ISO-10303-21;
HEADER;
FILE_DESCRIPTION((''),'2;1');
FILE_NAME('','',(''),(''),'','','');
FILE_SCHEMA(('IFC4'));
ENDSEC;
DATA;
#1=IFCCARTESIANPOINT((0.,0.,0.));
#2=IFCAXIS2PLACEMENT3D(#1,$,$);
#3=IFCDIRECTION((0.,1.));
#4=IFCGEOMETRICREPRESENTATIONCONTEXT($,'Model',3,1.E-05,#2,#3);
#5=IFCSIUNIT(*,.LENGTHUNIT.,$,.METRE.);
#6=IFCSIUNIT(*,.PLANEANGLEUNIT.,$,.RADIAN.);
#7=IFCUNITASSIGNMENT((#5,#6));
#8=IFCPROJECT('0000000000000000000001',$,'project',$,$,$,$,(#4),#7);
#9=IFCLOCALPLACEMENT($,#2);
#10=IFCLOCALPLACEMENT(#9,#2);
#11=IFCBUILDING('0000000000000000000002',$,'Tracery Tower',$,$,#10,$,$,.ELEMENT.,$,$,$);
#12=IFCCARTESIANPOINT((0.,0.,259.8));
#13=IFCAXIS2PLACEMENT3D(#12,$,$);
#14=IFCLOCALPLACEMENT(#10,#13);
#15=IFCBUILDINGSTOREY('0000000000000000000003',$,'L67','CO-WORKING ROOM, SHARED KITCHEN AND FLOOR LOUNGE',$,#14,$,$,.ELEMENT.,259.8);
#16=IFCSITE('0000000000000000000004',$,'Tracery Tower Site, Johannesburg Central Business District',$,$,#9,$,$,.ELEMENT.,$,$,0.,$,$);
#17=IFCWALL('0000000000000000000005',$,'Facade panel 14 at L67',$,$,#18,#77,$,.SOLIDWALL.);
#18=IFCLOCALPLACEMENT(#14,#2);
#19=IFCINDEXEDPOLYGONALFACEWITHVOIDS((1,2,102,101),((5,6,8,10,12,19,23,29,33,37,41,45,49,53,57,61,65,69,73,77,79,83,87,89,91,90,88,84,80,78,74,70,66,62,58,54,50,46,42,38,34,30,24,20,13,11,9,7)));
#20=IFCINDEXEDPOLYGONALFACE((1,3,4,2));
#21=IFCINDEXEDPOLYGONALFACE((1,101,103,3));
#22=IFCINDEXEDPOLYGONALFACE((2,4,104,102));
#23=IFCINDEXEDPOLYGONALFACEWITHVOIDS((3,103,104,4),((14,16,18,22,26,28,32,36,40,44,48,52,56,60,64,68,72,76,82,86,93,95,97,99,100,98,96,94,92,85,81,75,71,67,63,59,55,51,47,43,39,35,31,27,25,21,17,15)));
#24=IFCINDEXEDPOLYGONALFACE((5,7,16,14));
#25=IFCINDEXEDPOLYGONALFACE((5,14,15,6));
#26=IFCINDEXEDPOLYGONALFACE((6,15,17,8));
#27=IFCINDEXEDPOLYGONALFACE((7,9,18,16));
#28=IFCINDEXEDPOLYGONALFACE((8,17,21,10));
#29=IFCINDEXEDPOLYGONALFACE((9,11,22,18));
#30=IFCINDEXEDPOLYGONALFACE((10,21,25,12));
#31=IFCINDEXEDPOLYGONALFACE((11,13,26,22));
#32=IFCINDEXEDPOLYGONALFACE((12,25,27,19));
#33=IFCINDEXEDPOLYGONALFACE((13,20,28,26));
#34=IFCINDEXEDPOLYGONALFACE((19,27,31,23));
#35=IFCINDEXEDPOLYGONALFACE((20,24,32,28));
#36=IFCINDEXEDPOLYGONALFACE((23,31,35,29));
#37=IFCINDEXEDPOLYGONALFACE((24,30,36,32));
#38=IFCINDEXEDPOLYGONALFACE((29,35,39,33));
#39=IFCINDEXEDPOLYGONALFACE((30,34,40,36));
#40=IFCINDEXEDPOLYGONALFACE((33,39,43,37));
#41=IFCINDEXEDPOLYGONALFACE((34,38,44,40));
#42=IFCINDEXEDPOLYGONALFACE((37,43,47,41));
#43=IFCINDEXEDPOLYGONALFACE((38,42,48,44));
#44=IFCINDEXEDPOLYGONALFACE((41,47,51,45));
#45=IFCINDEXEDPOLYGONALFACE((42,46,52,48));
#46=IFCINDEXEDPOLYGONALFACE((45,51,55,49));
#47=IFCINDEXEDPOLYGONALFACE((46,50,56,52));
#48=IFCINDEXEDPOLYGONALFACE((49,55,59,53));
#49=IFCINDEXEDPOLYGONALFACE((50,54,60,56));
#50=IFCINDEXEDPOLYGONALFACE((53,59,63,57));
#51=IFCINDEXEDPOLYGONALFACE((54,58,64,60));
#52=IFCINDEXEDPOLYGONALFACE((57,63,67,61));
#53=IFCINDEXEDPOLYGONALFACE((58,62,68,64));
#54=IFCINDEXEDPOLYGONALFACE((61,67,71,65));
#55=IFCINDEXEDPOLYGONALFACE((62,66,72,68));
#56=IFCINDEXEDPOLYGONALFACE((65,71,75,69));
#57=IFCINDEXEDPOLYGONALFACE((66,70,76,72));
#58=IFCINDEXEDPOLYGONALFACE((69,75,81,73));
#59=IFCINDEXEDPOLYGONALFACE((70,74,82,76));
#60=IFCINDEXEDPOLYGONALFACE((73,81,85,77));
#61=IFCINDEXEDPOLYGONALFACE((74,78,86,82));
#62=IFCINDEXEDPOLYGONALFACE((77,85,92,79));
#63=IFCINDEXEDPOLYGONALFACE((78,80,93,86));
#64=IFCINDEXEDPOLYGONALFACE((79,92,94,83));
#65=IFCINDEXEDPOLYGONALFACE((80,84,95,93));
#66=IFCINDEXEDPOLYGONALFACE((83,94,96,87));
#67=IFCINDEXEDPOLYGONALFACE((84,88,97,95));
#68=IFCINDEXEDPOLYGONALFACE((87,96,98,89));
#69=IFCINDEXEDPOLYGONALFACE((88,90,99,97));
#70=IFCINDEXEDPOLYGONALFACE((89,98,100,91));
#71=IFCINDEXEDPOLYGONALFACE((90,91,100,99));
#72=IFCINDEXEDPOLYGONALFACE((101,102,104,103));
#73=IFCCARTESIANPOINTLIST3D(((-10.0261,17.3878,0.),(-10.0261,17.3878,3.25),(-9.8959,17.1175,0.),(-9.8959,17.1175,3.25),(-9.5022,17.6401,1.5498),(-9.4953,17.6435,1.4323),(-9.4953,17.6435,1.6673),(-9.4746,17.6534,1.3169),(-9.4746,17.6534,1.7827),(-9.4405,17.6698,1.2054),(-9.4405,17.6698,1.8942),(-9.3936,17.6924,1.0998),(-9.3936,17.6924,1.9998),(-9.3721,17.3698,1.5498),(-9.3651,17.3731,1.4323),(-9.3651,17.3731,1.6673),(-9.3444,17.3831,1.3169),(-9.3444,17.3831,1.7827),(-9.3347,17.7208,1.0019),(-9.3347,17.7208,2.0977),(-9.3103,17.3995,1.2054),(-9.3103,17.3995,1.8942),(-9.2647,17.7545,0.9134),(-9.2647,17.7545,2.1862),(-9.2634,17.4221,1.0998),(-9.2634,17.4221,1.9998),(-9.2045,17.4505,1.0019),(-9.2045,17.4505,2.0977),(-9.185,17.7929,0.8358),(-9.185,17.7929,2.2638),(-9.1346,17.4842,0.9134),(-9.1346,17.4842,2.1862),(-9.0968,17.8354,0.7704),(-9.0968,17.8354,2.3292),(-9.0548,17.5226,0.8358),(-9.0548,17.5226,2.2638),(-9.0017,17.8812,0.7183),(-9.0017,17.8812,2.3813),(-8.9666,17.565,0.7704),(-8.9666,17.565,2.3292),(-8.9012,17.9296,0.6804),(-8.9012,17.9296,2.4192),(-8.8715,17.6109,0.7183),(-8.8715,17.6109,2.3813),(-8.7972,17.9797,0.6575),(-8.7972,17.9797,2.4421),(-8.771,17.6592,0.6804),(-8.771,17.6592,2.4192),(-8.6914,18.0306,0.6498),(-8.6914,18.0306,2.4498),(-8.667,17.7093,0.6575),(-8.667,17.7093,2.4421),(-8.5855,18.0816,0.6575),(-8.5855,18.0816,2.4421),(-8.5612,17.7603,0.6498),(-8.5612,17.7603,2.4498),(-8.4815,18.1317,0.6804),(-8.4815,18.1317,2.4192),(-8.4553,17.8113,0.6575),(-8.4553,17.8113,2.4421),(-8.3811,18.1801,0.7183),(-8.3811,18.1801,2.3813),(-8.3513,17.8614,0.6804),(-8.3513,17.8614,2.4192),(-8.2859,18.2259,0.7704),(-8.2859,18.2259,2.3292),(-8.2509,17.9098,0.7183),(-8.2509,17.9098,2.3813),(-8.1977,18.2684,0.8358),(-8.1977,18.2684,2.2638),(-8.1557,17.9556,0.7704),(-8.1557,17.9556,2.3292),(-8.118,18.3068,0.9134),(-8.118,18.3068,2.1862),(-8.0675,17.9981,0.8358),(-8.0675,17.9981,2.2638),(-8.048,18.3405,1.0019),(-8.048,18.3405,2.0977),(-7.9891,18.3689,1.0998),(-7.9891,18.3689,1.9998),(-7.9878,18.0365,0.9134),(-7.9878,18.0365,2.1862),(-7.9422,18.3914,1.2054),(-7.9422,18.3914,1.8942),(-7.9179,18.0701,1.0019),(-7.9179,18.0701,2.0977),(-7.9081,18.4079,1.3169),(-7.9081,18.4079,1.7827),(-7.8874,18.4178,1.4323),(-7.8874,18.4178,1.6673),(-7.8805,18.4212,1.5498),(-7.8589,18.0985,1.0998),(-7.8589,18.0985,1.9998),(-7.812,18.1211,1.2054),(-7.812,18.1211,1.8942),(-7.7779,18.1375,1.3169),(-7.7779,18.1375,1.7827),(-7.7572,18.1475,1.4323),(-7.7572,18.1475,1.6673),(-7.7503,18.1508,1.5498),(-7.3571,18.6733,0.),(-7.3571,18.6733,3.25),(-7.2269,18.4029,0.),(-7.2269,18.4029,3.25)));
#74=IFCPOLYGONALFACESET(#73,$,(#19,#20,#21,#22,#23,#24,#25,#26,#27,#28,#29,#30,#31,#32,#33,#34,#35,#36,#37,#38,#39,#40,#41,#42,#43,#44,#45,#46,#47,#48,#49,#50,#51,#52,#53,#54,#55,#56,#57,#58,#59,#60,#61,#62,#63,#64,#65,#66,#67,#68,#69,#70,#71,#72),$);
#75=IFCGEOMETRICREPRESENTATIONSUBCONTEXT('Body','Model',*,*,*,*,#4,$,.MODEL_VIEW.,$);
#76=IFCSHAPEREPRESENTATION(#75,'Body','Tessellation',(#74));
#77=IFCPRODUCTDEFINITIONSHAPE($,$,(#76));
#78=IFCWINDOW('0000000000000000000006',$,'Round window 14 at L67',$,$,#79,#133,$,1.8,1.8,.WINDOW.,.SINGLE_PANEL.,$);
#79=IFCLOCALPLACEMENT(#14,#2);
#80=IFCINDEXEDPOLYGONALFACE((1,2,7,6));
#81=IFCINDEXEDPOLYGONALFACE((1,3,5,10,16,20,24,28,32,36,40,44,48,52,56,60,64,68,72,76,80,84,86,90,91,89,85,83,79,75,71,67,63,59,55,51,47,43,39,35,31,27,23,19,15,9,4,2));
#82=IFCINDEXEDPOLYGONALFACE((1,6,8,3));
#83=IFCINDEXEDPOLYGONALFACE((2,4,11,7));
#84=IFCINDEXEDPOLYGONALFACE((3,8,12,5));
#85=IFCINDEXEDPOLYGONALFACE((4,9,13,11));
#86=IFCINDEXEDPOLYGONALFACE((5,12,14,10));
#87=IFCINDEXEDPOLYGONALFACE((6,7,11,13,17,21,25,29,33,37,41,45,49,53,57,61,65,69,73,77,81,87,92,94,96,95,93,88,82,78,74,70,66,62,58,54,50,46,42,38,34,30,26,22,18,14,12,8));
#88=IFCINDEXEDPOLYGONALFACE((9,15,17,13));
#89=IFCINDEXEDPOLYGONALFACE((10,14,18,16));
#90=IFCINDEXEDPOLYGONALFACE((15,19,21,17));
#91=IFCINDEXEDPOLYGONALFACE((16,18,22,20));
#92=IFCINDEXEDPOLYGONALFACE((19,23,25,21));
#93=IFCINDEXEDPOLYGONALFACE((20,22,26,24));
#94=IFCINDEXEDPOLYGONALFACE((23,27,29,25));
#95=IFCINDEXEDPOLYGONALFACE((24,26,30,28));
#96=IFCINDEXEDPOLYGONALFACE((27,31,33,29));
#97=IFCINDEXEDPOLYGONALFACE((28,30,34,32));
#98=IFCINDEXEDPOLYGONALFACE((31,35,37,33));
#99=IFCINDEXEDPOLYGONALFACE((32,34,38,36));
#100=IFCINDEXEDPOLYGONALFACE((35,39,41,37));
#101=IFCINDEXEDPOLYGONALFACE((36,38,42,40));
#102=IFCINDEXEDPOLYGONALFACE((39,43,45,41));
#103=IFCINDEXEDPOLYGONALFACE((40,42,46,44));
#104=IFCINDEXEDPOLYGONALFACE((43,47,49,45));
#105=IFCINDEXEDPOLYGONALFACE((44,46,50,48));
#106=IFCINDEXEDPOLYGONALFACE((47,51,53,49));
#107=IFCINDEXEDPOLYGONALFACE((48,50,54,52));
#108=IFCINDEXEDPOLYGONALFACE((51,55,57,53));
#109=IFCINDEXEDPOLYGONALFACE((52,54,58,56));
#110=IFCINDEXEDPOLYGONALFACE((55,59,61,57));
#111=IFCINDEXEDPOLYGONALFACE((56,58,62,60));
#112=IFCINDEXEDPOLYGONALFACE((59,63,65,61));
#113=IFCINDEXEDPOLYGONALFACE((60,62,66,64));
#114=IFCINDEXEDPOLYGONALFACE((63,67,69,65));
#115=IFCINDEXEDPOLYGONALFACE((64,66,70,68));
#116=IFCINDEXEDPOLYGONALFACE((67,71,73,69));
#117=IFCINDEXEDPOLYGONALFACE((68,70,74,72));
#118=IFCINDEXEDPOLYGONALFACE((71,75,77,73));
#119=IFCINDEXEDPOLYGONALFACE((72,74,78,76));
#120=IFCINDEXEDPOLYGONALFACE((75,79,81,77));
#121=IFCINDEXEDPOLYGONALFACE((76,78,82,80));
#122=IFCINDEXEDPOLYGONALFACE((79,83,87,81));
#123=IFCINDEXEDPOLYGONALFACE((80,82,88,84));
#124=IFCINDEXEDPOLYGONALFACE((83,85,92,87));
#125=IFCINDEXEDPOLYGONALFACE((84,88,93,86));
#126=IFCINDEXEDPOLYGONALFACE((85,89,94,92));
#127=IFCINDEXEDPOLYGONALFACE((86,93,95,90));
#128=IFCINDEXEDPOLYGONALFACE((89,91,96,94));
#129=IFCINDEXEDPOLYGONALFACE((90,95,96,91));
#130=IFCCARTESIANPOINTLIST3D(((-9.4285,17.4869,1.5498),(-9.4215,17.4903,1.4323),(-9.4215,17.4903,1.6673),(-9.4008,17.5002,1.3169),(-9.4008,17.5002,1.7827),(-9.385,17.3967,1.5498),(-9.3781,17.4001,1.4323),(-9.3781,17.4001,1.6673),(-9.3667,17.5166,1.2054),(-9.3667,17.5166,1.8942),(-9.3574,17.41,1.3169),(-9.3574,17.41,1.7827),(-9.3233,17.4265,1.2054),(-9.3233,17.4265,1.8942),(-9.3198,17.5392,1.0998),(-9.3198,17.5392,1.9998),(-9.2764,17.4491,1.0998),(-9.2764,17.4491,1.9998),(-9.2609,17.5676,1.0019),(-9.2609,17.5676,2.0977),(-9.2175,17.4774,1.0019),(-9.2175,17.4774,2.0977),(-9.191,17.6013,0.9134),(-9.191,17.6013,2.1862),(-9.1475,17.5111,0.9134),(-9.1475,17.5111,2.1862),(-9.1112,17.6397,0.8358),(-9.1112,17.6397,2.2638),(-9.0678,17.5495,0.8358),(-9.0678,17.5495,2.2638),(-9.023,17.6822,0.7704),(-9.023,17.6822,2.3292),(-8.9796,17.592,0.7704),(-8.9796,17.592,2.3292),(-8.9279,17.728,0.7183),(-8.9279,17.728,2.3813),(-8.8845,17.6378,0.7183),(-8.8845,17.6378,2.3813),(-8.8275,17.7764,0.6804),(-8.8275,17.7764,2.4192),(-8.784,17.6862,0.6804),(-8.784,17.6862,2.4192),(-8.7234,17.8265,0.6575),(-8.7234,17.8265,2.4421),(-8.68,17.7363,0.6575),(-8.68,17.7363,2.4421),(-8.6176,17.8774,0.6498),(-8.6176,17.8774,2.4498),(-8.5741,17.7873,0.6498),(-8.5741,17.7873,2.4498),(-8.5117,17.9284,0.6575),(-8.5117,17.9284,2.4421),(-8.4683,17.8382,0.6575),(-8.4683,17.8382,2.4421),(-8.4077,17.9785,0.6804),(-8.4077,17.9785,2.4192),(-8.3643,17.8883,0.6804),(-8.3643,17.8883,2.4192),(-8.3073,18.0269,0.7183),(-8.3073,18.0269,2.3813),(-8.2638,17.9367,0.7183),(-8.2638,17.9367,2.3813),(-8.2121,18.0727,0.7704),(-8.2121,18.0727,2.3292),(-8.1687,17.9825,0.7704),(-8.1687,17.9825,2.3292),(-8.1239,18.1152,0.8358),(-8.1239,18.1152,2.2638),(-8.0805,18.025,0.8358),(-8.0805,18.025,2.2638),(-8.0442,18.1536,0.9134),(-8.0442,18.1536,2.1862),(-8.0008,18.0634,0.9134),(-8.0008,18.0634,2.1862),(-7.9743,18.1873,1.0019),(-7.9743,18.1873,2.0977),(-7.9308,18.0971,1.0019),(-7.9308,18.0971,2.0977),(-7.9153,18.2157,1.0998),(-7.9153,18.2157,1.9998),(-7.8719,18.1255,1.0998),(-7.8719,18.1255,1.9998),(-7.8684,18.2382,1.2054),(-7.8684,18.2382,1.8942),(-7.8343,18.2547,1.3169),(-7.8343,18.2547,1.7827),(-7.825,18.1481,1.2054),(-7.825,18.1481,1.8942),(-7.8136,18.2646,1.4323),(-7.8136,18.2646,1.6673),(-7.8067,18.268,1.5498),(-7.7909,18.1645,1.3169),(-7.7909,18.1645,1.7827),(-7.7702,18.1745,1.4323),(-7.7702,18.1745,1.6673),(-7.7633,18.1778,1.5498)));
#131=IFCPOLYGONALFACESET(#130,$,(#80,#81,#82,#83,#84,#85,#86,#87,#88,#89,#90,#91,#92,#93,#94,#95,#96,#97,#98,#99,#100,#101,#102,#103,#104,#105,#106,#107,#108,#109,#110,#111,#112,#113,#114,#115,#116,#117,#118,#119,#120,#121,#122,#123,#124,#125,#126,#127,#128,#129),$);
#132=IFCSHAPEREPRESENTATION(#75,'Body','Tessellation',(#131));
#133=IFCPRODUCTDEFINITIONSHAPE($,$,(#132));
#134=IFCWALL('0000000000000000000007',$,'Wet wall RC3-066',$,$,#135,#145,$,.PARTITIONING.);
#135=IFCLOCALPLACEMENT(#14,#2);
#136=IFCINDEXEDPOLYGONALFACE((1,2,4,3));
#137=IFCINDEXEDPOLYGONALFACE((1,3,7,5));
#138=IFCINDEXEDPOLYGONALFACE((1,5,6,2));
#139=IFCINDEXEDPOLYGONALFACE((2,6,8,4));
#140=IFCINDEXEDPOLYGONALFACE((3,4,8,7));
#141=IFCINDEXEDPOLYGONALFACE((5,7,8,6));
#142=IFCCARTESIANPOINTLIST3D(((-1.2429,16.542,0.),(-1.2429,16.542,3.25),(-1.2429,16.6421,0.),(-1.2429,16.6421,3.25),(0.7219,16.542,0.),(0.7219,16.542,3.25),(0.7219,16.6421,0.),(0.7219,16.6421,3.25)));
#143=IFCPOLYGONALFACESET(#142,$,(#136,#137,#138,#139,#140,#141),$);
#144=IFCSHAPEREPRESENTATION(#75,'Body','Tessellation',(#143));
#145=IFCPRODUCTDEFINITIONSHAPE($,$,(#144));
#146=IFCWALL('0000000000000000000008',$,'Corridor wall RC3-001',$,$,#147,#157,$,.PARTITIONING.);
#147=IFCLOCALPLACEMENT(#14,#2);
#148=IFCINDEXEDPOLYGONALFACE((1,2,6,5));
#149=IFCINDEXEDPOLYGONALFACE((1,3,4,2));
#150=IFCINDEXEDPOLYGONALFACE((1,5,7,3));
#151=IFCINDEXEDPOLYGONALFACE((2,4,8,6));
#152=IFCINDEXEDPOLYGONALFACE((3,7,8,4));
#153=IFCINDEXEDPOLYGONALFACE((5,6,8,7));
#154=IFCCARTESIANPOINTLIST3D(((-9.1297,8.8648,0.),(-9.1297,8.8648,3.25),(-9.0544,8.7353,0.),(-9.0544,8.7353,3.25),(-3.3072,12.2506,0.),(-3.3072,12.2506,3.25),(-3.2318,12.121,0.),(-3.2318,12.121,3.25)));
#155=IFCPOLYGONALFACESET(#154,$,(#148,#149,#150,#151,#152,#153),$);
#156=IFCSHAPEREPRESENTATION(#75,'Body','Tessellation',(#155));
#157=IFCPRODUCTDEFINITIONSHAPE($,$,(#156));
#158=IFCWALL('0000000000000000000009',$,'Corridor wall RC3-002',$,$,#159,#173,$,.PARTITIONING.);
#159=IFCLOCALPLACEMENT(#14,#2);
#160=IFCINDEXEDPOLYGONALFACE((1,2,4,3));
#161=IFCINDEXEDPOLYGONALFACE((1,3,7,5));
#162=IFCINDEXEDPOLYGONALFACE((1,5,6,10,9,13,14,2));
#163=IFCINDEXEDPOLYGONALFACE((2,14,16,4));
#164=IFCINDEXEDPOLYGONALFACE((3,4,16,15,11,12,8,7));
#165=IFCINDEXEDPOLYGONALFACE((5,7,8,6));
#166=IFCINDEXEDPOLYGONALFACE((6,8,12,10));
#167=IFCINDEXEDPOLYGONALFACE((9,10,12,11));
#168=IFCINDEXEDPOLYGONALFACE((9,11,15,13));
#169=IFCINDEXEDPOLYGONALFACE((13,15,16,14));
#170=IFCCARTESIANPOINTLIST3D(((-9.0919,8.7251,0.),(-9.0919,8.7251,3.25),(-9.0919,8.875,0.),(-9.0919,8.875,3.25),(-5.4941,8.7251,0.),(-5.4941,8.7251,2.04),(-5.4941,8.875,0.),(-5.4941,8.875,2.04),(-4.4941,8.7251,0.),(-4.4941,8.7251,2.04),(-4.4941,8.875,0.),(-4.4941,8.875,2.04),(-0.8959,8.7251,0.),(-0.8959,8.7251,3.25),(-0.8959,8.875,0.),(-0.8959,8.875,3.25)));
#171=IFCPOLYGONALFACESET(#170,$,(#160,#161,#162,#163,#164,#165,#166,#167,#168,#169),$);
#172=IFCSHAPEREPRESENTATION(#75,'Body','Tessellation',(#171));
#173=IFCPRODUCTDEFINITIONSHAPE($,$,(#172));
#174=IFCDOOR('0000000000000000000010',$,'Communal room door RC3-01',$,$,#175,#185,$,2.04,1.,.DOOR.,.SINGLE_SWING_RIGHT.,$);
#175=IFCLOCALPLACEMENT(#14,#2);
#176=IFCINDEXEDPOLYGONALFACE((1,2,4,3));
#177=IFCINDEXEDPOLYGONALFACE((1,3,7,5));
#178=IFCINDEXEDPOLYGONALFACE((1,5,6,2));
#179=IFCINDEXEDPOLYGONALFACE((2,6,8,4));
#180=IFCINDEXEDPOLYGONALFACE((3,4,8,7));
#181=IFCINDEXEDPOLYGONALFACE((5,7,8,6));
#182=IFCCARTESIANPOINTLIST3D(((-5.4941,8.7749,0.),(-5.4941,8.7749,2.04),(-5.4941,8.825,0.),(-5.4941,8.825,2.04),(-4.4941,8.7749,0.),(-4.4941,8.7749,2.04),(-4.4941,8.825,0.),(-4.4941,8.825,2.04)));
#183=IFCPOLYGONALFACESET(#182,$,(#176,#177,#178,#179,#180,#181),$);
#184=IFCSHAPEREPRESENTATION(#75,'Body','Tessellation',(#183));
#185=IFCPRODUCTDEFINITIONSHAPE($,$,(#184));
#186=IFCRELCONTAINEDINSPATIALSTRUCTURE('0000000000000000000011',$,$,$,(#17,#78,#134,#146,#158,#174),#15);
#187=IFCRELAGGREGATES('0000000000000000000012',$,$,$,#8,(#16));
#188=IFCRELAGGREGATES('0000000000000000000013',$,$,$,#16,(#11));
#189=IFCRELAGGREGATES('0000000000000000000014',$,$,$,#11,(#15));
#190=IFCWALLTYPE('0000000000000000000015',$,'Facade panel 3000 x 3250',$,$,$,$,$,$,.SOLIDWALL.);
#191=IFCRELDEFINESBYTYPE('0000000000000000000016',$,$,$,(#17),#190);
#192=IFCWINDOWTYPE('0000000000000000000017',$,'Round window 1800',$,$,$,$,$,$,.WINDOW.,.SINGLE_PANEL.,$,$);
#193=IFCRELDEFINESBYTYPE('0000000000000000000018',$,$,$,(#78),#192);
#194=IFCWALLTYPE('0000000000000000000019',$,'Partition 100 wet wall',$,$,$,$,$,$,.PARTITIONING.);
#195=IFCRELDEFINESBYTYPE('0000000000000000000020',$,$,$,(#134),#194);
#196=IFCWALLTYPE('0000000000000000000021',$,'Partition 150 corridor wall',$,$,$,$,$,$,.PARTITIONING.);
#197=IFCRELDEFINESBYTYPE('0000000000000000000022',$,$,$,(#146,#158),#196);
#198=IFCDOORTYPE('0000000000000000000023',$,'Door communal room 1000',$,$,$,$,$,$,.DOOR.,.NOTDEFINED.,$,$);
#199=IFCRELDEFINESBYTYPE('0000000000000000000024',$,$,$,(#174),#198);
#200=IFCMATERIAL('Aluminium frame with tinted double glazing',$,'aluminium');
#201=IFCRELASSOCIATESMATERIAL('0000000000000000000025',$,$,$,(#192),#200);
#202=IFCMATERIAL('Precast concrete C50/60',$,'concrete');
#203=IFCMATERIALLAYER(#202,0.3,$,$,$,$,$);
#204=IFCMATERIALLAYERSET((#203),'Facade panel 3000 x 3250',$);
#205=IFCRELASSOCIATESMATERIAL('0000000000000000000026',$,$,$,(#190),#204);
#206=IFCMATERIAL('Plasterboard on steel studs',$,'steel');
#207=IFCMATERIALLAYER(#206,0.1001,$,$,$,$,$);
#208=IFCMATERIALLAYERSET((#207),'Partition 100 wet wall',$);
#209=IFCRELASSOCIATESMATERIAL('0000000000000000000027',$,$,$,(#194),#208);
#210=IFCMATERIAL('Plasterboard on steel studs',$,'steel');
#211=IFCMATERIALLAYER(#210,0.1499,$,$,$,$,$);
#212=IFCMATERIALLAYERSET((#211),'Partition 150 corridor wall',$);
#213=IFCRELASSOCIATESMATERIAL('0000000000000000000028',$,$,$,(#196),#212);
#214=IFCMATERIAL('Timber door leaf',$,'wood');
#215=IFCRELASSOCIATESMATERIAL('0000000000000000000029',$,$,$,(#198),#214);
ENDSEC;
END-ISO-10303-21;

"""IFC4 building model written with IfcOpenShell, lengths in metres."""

from ifc_helpers import new_model, si_unit, direction, frame, frame_2d, origin, origin_2d, place, context, subcontext, project, spatial, rectangle, circle, extrude, material, layer, layer_set, type_object, element, fill, save


model = new_model("IFC4")

# Units and contexts
model_context = context("Model", 3, precision=1e-05, world=origin(), true_north=direction((0.0, 1.0)))
body_context = subcontext(model_context, "Body", "Model", "MODEL_VIEW")
ifc_project = project(units=[si_unit("LENGTHUNIT", "METRE"), si_unit("PLANEANGLEUNIT", "RADIAN")], contexts=[model_context])

# Site, building, storey
site_placement = place(None, origin())
site = spatial("IfcSite", under=ifc_project, at=site_placement, Name="Tracery Tower Site, Johannesburg Central Business District", CompositionType="ELEMENT", RefElevation=0.0)
building_placement = place(site_placement, origin())
building = spatial("IfcBuilding", under=site, at=building_placement, Name="Tracery Tower", CompositionType="ELEMENT")
storey_placement = place(building_placement, frame((0.0, 0.0, 259.8)))
storey = spatial("IfcBuildingStorey", under=building, at=storey_placement, Name="L67", Description="CO-WORKING ROOM, SHARED KITCHEN AND FLOOR LOUNGE", CompositionType="ELEMENT", Elevation=259.8)

# Wall, opening, window
ifc_material_1 = material(Name="Aluminium frame with tinted double glazing", Category="aluminium")
window_type = type_object("IfcWindowType", Name="Round window 1800", PartitioningType="SINGLE_PANEL", PredefinedType="WINDOW", material=ifc_material_1)
ifc_material_2 = material(Name="Precast concrete C50/60", Category="concrete")
ifc_layer_1 = layer(ifc_material_2, 0.3)
ifc_layer_set_1 = layer_set([ifc_layer_1], Name="Facade panel 3000 x 3250")
wall_type_1 = type_object("IfcWallType", Name="Facade panel 3000 x 3250", PredefinedType="SOLIDWALL", material=ifc_layer_set_1)
wall_1_placement = place(storey_placement, frame((-7.292, 18.5381, 0.0), z_axis=(0.0, 0.0, 1.0), x_axis=(-0.900955, -0.433912, 0.0)))
wall_1 = element("IfcWall", 1, at=wall_1_placement, inside=storey, type_object=wall_type_1, Name="Facade panel 14 at L67", PredefinedType="SOLIDWALL", context=body_context, shape_type="SweptSolid", body=[
    extrude(rectangle(XDim=2.9624, YDim=0.3, at=frame_2d((1.4812, 0.0))), origin(), (0.0, 0.0, 1.0), 3.25),
])
opening_1_placement = place(wall_1_placement, frame((1.481, 0.0, 1.5498)))
opening_1 = element("IfcOpeningElement", 2, at=opening_1_placement, cuts=wall_1, PredefinedType="OPENING", context=body_context, shape_type="SweptSolid", body=[
    extrude(circle(Radius=0.9, at=origin_2d()), frame((0.0, 0.1599, 0.0), z_axis=(0.0, -1.0, 0.0), x_axis=(1.0, 0.0, 0.0)), (0.0, 0.0, 1.0), 0.3201),
])
window_1_placement = place(opening_1_placement, origin())
window_1 = element("IfcWindow", 3, at=window_1_placement, inside=storey, type_object=window_type, Name="Round window 14 at L67", OverallHeight=1.8, OverallWidth=1.8, PartitioningType="SINGLE_PANEL", PredefinedType="WINDOW", context=body_context, shape_type="SweptSolid", body=[
    extrude(circle(Radius=0.9, at=origin_2d()), frame((0.0, 0.1201, 0.0), z_axis=(0.0, -1.0, 0.0), x_axis=(1.0, 0.0, 0.0)), (0.0, 0.0, 1.0), 0.1001),
])
fill(opening_1, window_1)

# Walls
ifc_material_3 = material(Name="Plasterboard on steel studs", Category="steel")
ifc_layer_2 = layer(ifc_material_3, 0.1001)
ifc_layer_set_2 = layer_set([ifc_layer_2], Name="Partition 100 wet wall")
wall_type_2 = type_object("IfcWallType", Name="Partition 100 wet wall", PredefinedType="PARTITIONING", material=ifc_layer_set_2)
wall_2_placement = place(storey_placement, frame((-1.2429, 16.592, 0.0), z_axis=(0.0, 0.0, 1.0), x_axis=(1.0, 0.0, 0.0)))
element("IfcWall", 4, at=wall_2_placement, inside=storey, type_object=wall_type_2, Name="Wet wall RC3-066", PredefinedType="PARTITIONING", context=body_context, shape_type="SweptSolid", body=[
    extrude(rectangle(XDim=1.9648, YDim=0.1001, at=frame_2d((0.9824, 0.0))), origin(), (0.0, 0.0, 1.0), 3.25),
])
ifc_material_4 = material(Name="Plasterboard on steel studs", Category="steel")
ifc_layer_3 = layer(ifc_material_4, 0.1499)
ifc_layer_set_3 = layer_set([ifc_layer_3], Name="Partition 150 corridor wall")
wall_type_3 = type_object("IfcWallType", Name="Partition 150 corridor wall", PredefinedType="PARTITIONING", material=ifc_layer_set_3)
wall_3_placement = place(storey_placement, frame((-9.092, 8.8, 0.0), z_axis=(0.0, 0.0, 1.0), x_axis=(0.864471, 0.502683, 0.0)))
element("IfcWall", 5, at=wall_3_placement, inside=storey, type_object=wall_type_3, Name="Corridor wall RC3-001", PredefinedType="PARTITIONING", context=body_context, shape_type="SweptSolid", body=[
    extrude(rectangle(XDim=6.7354, YDim=0.1499, at=frame_2d((3.3677, 0.0))), origin(), (0.0, 0.0, 1.0), 3.25),
])

# Wall, opening, door
wall_4_placement = place(storey_placement, frame((-9.092, 8.8, 0.0), z_axis=(0.0, 0.0, 1.0), x_axis=(1.0, 0.0, 0.0)))
wall_4 = element("IfcWall", 6, at=wall_4_placement, inside=storey, type_object=wall_type_3, Name="Corridor wall RC3-002", PredefinedType="PARTITIONING", context=body_context, shape_type="SweptSolid", body=[
    extrude(rectangle(XDim=8.196, YDim=0.1499, at=frame_2d((4.0981, 0.0))), origin(), (0.0, 0.0, 1.0), 3.25),
])
opening_2_placement = place(wall_4_placement, frame((3.5979, 0.0, 0.0)))
opening_2 = element("IfcOpeningElement", 7, at=opening_2_placement, cuts=wall_4, PredefinedType="OPENING", context=body_context, shape_type="SweptSolid", body=[
    extrude(rectangle(XDim=1.0, YDim=2.04, at=frame_2d((0.5, 1.02))), frame((0.0, 0.075, 0.0), z_axis=(0.0, -1.0, 0.0), x_axis=(1.0, 0.0, 0.0)), (0.0, 0.0, 1.0), 0.1499),
])
ifc_material_5 = material(Name="Timber door leaf", Category="wood")
door_type_1 = type_object("IfcDoorType", Name="Door communal room 1000", OperationType="NOTDEFINED", PredefinedType="DOOR", material=ifc_material_5)
door_1_placement = place(opening_2_placement, origin())
door_1 = element("IfcDoor", 8, at=door_1_placement, inside=storey, type_object=door_type_1, Name="Communal room door RC3-01", OperationType="SINGLE_SWING_RIGHT", OverallHeight=2.04, OverallWidth=1.0, PredefinedType="DOOR", context=body_context, shape_type="SweptSolid", body=[
    extrude(rectangle(XDim=1.0, YDim=2.04, at=frame_2d((0.5, 1.02))), frame((0.0, 0.0249, 0.0), z_axis=(0.0, -1.0, 0.0), x_axis=(1.0, 0.0, 0.0)), (0.0, 0.0, 1.0), 0.05),
])
fill(opening_2, door_1)

save(model, "model.ifc")
